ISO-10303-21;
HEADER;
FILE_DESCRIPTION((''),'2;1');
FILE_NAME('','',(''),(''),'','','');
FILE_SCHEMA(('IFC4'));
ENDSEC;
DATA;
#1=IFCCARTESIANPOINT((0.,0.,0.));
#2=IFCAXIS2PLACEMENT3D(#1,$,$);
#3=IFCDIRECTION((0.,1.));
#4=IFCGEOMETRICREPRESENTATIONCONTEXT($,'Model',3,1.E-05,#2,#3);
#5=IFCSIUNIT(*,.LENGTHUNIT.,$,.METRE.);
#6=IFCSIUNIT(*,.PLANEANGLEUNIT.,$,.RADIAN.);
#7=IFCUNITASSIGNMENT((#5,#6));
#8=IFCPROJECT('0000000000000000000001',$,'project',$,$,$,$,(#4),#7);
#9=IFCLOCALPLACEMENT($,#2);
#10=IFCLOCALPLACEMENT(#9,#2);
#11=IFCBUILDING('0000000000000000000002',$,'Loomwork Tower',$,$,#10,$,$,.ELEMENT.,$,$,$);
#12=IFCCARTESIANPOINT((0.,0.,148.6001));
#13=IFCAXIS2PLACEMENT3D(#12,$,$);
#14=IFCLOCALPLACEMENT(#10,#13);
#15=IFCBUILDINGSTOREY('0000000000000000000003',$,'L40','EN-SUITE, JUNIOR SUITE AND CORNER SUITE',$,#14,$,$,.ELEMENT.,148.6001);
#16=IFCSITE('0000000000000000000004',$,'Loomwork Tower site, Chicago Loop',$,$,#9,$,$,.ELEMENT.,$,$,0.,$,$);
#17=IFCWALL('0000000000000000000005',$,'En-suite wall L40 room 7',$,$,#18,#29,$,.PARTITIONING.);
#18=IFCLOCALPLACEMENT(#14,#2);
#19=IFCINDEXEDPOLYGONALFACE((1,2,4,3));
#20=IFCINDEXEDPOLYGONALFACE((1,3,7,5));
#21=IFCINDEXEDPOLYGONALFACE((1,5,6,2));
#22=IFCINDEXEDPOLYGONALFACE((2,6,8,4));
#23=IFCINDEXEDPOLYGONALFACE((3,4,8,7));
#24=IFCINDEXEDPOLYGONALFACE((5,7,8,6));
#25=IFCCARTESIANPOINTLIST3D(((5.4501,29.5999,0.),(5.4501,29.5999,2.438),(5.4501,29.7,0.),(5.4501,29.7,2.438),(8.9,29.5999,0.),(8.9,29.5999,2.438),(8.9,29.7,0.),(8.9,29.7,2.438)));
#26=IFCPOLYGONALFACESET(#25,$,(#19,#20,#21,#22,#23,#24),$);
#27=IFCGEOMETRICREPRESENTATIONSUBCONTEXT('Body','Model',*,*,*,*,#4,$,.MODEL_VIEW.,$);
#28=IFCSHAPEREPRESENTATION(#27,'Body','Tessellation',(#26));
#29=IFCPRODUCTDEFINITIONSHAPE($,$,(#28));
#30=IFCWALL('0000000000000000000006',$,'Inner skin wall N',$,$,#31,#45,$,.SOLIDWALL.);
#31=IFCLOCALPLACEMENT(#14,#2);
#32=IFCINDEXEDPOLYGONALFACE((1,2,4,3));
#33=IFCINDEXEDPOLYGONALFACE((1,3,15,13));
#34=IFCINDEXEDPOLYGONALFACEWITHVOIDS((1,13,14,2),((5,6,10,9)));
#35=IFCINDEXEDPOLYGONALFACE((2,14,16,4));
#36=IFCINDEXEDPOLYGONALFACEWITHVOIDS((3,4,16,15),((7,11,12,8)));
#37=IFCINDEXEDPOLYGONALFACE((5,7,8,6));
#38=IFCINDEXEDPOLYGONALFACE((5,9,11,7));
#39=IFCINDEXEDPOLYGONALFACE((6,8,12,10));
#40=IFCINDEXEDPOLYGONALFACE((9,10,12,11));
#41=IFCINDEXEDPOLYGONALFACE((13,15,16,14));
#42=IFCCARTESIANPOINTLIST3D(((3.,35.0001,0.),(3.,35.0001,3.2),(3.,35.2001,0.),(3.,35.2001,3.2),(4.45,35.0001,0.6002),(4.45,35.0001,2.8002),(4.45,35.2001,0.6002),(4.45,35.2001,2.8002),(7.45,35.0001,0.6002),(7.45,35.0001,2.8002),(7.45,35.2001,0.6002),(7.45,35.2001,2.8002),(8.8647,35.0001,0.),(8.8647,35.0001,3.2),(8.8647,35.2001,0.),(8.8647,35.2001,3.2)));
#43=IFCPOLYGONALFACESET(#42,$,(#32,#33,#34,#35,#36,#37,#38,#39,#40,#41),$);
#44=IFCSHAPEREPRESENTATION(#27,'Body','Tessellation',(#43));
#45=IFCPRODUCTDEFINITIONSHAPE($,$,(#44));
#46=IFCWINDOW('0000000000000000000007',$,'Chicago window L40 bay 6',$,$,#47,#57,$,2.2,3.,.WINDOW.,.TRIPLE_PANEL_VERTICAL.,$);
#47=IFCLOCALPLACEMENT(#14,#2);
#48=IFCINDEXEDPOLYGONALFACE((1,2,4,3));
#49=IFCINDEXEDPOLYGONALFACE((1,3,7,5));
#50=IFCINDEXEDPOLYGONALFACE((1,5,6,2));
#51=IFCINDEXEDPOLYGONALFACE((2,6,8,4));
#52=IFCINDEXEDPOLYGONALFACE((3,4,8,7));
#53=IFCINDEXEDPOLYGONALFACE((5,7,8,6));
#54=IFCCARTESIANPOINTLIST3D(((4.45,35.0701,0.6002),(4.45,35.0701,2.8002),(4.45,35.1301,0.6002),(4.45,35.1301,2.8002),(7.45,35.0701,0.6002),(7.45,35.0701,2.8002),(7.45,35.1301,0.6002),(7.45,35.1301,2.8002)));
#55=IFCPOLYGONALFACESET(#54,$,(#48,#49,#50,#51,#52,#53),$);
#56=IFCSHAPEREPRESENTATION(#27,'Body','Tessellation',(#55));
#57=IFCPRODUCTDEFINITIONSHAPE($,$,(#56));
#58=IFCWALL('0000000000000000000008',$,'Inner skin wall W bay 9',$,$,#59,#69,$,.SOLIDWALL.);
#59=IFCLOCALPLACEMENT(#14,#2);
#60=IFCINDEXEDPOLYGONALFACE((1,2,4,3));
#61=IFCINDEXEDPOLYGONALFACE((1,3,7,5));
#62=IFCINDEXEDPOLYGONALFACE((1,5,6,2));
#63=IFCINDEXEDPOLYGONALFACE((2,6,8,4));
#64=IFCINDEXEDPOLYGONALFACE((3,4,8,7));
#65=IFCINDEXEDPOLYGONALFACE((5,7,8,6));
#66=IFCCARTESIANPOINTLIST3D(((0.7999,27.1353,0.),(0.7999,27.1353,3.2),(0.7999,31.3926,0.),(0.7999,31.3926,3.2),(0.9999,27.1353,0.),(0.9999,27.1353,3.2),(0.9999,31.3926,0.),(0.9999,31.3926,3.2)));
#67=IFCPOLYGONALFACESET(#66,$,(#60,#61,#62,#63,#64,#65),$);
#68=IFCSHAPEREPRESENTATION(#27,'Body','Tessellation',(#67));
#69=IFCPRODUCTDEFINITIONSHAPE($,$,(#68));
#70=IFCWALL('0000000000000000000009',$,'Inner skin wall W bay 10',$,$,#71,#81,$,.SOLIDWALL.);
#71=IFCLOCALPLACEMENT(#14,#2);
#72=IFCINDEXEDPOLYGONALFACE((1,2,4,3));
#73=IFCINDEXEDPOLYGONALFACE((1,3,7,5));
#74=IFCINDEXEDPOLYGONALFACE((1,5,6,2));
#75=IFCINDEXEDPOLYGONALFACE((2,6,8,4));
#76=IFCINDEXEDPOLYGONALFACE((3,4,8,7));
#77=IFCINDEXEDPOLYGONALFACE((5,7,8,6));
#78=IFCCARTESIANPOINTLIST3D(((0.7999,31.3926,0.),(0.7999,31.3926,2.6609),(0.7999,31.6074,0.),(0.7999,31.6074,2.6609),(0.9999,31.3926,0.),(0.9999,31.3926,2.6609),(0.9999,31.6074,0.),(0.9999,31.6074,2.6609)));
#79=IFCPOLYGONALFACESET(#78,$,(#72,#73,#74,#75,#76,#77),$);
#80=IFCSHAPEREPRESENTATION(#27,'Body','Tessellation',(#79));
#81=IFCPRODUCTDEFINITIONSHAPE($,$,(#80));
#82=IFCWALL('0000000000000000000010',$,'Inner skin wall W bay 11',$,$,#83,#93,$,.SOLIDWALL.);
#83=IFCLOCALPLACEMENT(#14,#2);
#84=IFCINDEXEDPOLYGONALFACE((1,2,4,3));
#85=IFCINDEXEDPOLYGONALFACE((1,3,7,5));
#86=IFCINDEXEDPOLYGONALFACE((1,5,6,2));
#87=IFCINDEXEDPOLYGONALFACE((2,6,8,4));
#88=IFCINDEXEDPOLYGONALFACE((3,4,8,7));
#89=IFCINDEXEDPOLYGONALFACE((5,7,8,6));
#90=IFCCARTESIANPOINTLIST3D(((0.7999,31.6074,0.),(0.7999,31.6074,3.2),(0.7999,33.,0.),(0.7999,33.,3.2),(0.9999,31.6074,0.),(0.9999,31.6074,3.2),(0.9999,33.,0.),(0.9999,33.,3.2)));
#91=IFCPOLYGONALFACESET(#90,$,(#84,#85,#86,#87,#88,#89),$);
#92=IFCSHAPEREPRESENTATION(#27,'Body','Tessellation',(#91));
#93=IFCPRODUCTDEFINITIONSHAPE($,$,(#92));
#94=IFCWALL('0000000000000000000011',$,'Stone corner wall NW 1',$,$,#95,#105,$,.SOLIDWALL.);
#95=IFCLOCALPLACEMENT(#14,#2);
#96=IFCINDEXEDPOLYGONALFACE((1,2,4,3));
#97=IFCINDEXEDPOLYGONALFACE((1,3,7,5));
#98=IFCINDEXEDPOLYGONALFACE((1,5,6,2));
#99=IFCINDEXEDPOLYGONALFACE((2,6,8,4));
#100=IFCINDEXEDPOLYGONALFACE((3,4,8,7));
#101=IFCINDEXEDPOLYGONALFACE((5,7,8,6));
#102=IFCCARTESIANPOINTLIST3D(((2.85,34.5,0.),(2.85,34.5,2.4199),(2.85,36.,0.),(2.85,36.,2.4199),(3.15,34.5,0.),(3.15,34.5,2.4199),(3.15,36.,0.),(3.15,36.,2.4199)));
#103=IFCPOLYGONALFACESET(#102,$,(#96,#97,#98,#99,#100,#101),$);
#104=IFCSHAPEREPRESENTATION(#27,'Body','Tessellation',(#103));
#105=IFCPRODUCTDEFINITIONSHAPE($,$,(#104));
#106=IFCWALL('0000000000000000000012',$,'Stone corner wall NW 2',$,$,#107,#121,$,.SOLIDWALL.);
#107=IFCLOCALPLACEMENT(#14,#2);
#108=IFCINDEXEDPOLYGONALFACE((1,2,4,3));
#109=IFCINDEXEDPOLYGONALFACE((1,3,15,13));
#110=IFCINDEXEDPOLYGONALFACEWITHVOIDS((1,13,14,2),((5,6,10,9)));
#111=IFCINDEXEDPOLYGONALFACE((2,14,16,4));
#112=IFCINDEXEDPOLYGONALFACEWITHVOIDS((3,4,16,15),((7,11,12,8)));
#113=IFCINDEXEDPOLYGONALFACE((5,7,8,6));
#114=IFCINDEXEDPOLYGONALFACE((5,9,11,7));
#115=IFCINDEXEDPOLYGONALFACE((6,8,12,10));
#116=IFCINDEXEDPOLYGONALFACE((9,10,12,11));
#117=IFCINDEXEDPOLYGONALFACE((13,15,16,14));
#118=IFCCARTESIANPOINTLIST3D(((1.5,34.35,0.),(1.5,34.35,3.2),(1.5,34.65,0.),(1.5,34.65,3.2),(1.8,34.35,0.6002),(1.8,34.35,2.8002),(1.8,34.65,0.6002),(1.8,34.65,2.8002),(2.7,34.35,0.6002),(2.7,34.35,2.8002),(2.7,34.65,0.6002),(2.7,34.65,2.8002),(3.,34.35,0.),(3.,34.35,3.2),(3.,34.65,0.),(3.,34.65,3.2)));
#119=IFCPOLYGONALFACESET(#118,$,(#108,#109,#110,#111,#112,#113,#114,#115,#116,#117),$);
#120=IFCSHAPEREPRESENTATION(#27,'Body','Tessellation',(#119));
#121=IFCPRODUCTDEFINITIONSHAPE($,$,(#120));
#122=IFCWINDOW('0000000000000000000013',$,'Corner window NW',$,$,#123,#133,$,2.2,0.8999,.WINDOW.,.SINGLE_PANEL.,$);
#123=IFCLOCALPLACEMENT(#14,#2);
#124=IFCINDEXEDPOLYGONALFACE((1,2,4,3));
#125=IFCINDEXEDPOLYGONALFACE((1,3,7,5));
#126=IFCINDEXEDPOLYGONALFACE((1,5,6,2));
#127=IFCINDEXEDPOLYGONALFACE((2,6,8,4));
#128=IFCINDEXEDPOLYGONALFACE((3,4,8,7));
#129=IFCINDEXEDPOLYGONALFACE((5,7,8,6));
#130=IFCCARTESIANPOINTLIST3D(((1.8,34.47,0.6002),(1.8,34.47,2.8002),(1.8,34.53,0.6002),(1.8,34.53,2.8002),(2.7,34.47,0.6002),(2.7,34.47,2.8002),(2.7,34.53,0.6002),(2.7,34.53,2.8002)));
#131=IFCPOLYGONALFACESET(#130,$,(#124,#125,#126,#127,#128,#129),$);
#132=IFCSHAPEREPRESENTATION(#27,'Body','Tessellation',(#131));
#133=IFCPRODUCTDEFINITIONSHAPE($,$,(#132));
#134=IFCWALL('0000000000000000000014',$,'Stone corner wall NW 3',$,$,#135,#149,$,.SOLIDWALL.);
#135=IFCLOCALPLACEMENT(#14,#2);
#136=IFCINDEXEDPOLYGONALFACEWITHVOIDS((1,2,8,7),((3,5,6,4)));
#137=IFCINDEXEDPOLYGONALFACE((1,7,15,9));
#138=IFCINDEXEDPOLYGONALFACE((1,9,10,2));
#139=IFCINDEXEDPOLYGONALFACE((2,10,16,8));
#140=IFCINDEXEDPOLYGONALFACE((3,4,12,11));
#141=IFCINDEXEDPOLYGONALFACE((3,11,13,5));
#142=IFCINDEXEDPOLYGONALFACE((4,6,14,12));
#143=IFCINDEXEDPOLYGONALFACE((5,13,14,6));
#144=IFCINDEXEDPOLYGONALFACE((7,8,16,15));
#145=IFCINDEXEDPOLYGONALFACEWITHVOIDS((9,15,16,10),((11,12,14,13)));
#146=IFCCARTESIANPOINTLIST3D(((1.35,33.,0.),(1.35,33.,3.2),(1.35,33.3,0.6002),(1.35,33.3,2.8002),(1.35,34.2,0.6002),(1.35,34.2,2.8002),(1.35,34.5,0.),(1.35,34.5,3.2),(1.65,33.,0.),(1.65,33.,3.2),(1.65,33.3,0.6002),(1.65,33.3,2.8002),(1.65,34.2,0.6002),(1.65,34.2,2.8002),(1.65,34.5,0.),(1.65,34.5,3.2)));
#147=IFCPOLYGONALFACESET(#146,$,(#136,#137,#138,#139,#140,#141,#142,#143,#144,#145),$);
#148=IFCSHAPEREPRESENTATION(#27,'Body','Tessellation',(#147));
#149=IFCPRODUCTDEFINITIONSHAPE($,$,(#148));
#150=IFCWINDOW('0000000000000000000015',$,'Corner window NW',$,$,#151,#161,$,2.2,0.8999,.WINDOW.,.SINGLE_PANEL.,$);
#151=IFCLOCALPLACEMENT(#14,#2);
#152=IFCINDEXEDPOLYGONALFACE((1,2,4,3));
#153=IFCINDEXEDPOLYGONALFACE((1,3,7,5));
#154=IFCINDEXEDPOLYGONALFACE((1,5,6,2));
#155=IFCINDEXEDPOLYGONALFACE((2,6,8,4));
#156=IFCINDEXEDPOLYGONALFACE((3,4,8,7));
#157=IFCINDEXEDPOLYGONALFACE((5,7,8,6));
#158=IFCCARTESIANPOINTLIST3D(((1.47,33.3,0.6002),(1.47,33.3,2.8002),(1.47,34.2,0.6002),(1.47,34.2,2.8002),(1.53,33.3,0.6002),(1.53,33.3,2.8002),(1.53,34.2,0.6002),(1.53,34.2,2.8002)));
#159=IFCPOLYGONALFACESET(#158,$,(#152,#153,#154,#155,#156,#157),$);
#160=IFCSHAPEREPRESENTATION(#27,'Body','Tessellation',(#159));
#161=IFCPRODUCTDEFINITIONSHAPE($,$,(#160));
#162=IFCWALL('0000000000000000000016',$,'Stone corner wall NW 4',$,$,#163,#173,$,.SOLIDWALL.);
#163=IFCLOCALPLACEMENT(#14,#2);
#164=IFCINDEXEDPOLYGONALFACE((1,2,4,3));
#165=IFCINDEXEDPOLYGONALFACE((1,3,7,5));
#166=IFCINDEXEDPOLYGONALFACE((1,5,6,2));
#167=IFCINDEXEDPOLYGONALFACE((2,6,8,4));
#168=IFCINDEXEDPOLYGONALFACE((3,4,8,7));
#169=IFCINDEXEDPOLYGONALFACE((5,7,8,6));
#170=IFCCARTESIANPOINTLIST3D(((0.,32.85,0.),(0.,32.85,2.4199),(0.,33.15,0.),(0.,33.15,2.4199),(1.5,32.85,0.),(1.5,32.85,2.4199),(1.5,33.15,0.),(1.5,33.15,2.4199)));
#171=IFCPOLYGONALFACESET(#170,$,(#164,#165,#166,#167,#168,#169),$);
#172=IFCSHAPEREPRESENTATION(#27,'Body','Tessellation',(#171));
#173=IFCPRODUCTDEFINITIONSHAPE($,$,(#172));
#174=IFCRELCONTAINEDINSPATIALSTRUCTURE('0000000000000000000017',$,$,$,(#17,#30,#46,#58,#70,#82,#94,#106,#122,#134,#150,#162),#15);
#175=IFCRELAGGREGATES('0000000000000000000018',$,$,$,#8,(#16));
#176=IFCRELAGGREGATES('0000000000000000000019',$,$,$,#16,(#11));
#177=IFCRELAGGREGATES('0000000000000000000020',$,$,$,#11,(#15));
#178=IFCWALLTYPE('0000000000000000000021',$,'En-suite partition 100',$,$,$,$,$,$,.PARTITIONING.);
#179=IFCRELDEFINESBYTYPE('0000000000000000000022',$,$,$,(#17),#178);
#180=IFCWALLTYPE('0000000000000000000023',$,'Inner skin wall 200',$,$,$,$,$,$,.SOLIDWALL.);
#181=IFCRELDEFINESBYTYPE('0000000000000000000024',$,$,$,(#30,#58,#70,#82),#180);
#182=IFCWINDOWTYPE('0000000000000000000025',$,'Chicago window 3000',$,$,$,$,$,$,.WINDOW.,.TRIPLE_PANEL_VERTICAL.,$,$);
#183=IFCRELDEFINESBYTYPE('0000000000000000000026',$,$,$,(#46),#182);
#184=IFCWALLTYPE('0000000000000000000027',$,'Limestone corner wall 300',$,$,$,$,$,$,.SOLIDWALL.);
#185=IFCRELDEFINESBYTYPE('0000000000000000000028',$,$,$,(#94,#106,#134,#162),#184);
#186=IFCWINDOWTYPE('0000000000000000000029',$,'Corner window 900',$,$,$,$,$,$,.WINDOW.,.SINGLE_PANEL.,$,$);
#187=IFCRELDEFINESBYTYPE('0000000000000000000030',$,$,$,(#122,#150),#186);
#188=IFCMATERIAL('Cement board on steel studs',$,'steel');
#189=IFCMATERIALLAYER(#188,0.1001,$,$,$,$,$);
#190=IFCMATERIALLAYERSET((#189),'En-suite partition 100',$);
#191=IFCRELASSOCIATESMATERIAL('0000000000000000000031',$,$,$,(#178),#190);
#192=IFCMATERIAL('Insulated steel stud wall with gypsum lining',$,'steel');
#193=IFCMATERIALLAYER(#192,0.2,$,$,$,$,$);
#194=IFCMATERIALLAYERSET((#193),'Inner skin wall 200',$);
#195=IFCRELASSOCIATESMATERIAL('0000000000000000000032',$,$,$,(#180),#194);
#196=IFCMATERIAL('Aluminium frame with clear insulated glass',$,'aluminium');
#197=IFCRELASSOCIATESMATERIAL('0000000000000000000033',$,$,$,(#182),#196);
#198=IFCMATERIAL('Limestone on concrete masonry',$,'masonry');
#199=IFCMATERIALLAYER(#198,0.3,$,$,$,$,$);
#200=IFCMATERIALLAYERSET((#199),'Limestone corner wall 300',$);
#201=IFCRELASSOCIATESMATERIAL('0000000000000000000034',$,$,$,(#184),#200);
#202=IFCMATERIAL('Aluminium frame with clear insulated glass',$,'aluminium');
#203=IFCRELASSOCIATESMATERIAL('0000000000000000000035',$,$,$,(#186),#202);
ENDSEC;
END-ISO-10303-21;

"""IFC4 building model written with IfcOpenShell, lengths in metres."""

from ifc_helpers import new_model, si_unit, direction, frame, frame_2d, origin, place, context, subcontext, project, spatial, rectangle, extrude, material, layer, layer_set, type_object, element, fill, save


model = new_model("IFC4")

# Units and contexts
model_context = context("Model", 3, precision=1e-05, world=origin(), true_north=direction((0.0, 1.0)))
body_context = subcontext(model_context, "Body", "Model", "MODEL_VIEW")
ifc_project = project(units=[si_unit("LENGTHUNIT", "METRE"), si_unit("PLANEANGLEUNIT", "RADIAN")], contexts=[model_context])

# Site, building, storey
site_placement = place(None, origin())
site = spatial("IfcSite", under=ifc_project, at=site_placement, Name="Loomwork Tower site, Chicago Loop", CompositionType="ELEMENT", RefElevation=0.0)
building_placement = place(site_placement, origin())
building = spatial("IfcBuilding", under=site, at=building_placement, Name="Loomwork Tower", CompositionType="ELEMENT")
storey_placement = place(building_placement, frame((0.0, 0.0, 148.6001)))
storey = spatial("IfcBuildingStorey", under=building, at=storey_placement, Name="L40", Description="EN-SUITE, JUNIOR SUITE AND CORNER SUITE", CompositionType="ELEMENT", Elevation=148.6001)

# Wall
ifc_material_1 = material(Name="Cement board on steel studs", Category="steel")
ifc_layer_1 = layer(ifc_material_1, 0.1001)
ifc_layer_set_1 = layer_set([ifc_layer_1], Name="En-suite partition 100")
wall_type_1 = type_object("IfcWallType", Name="En-suite partition 100", PredefinedType="PARTITIONING", material=ifc_layer_set_1)
wall_1_placement = place(storey_placement, frame((5.45, 29.6499, 0.0), z_axis=(0.0, 0.0, 1.0), x_axis=(1.0, 0.0, 0.0)))
element("IfcWall", 1, at=wall_1_placement, inside=storey, type_object=wall_type_1, Name="En-suite wall L40 room 7", PredefinedType="PARTITIONING", context=body_context, shape_type="SweptSolid", body=[
    extrude(rectangle(XDim=3.45, YDim=0.1001, at=frame_2d((1.7251, 0.0))), origin(), (0.0, 0.0, 1.0), 2.438),
])

# Wall, opening, window
ifc_material_2 = material(Name="Insulated steel stud wall with gypsum lining", Category="steel")
ifc_layer_2 = layer(ifc_material_2, 0.2)
ifc_layer_set_2 = layer_set([ifc_layer_2], Name="Inner skin wall 200")
wall_type_2 = type_object("IfcWallType", Name="Inner skin wall 200", PredefinedType="SOLIDWALL", material=ifc_layer_set_2)
wall_2_placement = place(storey_placement, frame((3.0, 35.1001, 0.0), z_axis=(0.0, 0.0, 1.0), x_axis=(1.0, 0.0, 0.0)))
wall_2 = element("IfcWall", 2, at=wall_2_placement, inside=storey, type_object=wall_type_2, Name="Inner skin wall N", PredefinedType="SOLIDWALL", context=body_context, shape_type="SweptSolid", body=[
    extrude(rectangle(XDim=5.8647, YDim=0.2, at=frame_2d((2.9324, 0.0))), origin(), (0.0, 0.0, 1.0), 3.2),
])
opening_1_placement = place(wall_2_placement, frame((1.45, 0.0, 0.6001)))
opening_1 = element("IfcOpeningElement", 3, at=opening_1_placement, cuts=wall_2, PredefinedType="OPENING", context=body_context, shape_type="SweptSolid", body=[
    extrude(rectangle(XDim=3.0, YDim=2.2, at=frame_2d((1.5, 1.1001))), frame((0.0, 0.1099, 0.0), z_axis=(0.0, -1.0, 0.0), x_axis=(1.0, 0.0, 0.0)), (0.0, 0.0, 1.0), 0.22),
])
ifc_material_3 = material(Name="Aluminium frame with clear insulated glass", Category="aluminium")
window_type_1 = type_object("IfcWindowType", Name="Chicago window 3000", PartitioningType="TRIPLE_PANEL_VERTICAL", PredefinedType="WINDOW", material=ifc_material_3)
window_1_placement = place(opening_1_placement, origin())
window_1 = element("IfcWindow", 4, at=window_1_placement, inside=storey, type_object=window_type_1, Name="Chicago window L40 bay 6", OverallHeight=2.2, OverallWidth=3.0, PartitioningType="TRIPLE_PANEL_VERTICAL", PredefinedType="WINDOW", context=body_context, shape_type="SweptSolid", body=[
    extrude(rectangle(XDim=3.0, YDim=2.2, at=frame_2d((1.5, 1.1001))), frame((0.0, 0.03, 0.0), z_axis=(0.0, -1.0, 0.0), x_axis=(1.0, 0.0, 0.0)), (0.0, 0.0, 1.0), 0.0601),
])
fill(opening_1, window_1)

# Walls
wall_3_placement = place(storey_placement, frame((0.8999, 27.1353, 0.0), z_axis=(0.0, 0.0, 1.0), x_axis=(0.0, 1.0, 0.0)))
element("IfcWall", 5, at=wall_3_placement, inside=storey, type_object=wall_type_2, Name="Inner skin wall W bay 9", PredefinedType="SOLIDWALL", context=body_context, shape_type="SweptSolid", body=[
    extrude(rectangle(XDim=4.2573, YDim=0.2, at=frame_2d((2.1287, 0.0))), origin(), (0.0, 0.0, 1.0), 3.2),
])
wall_4_placement = place(storey_placement, frame((0.8999, 31.3926, 0.0), z_axis=(0.0, 0.0, 1.0), x_axis=(0.0, 1.0, 0.0)))
element("IfcWall", 6, at=wall_4_placement, inside=storey, type_object=wall_type_2, Name="Inner skin wall W bay 10", PredefinedType="SOLIDWALL", context=body_context, shape_type="SweptSolid", body=[
    extrude(rectangle(XDim=0.2148, YDim=0.2, at=frame_2d((0.1074, 0.0))), origin(), (0.0, 0.0, 1.0), 2.6609),
])
wall_5_placement = place(storey_placement, frame((0.8999, 31.6074, 0.0), z_axis=(0.0, 0.0, 1.0), x_axis=(0.0, 1.0, 0.0)))
element("IfcWall", 7, at=wall_5_placement, inside=storey, type_object=wall_type_2, Name="Inner skin wall W bay 11", PredefinedType="SOLIDWALL", context=body_context, shape_type="SweptSolid", body=[
    extrude(rectangle(XDim=1.3926, YDim=0.2, at=frame_2d((0.6963, 0.0))), origin(), (0.0, 0.0, 1.0), 3.2),
])
ifc_material_4 = material(Name="Limestone on concrete masonry", Category="masonry")
ifc_layer_3 = layer(ifc_material_4, 0.3)
ifc_layer_set_3 = layer_set([ifc_layer_3], Name="Limestone corner wall 300")
wall_type_3 = type_object("IfcWallType", Name="Limestone corner wall 300", PredefinedType="SOLIDWALL", material=ifc_layer_set_3)
wall_6_placement = place(storey_placement, frame((3.0, 36.0, 0.0), z_axis=(0.0, 0.0, 1.0), x_axis=(0.0, -1.0, 0.0)))
element("IfcWall", 8, at=wall_6_placement, inside=storey, type_object=wall_type_3, Name="Stone corner wall NW 1", PredefinedType="SOLIDWALL", context=body_context, shape_type="SweptSolid", body=[
    extrude(rectangle(XDim=1.5, YDim=0.3, at=frame_2d((0.75, 0.0))), origin(), (0.0, 0.0, 1.0), 2.4199),
])

# Walls, openings, windows
wall_7_placement = place(storey_placement, frame((3.0, 34.5, 0.0), z_axis=(0.0, 0.0, 1.0), x_axis=(-1.0, 0.0, 0.0)))
wall_7 = element("IfcWall", 9, at=wall_7_placement, inside=storey, type_object=wall_type_3, Name="Stone corner wall NW 2", PredefinedType="SOLIDWALL", context=body_context, shape_type="SweptSolid", body=[
    extrude(rectangle(XDim=1.5, YDim=0.3, at=frame_2d((0.75, 0.0))), origin(), (0.0, 0.0, 1.0), 3.2),
])
opening_2_placement = place(wall_7_placement, frame((0.3, 0.0, 0.6001)))
opening_2 = element("IfcOpeningElement", 10, at=opening_2_placement, cuts=wall_7, PredefinedType="OPENING", context=body_context, shape_type="SweptSolid", body=[
    extrude(rectangle(XDim=0.8999, YDim=2.2, at=frame_2d((0.45, 1.1001))), frame((0.0, 0.1599, 0.0), z_axis=(0.0, -1.0, 0.0), x_axis=(1.0, 0.0, 0.0)), (0.0, 0.0, 1.0), 0.3201),
])
ifc_material_5 = material(Name="Aluminium frame with clear insulated glass", Category="aluminium")
window_type_2 = type_object("IfcWindowType", Name="Corner window 900", PartitioningType="SINGLE_PANEL", PredefinedType="WINDOW", material=ifc_material_5)
window_2_placement = place(opening_2_placement, origin())
window_2 = element("IfcWindow", 11, at=window_2_placement, inside=storey, type_object=window_type_2, Name="Corner window NW", OverallHeight=2.2, OverallWidth=0.8999, PartitioningType="SINGLE_PANEL", PredefinedType="WINDOW", context=body_context, shape_type="SweptSolid", body=[
    extrude(rectangle(XDim=0.8999, YDim=2.2, at=frame_2d((0.45, 1.1001))), frame((0.0, 0.03, 0.0), z_axis=(0.0, -1.0, 0.0), x_axis=(1.0, 0.0, 0.0)), (0.0, 0.0, 1.0), 0.0601),
])
fill(opening_2, window_2)
wall_8_placement = place(storey_placement, frame((1.5, 34.5, 0.0), z_axis=(0.0, 0.0, 1.0), x_axis=(0.0, -1.0, 0.0)))
wall_8 = element("IfcWall", 12, at=wall_8_placement, inside=storey, type_object=wall_type_3, Name="Stone corner wall NW 3", PredefinedType="SOLIDWALL", context=body_context, shape_type="SweptSolid", body=[
    extrude(rectangle(XDim=1.5, YDim=0.3, at=frame_2d((0.75, 0.0))), origin(), (0.0, 0.0, 1.0), 3.2),
])
opening_3_placement = place(wall_8_placement, frame((0.3, 0.0, 0.6001)))
opening_3 = element("IfcOpeningElement", 13, at=opening_3_placement, cuts=wall_8, PredefinedType="OPENING", context=body_context, shape_type="SweptSolid", body=[
    extrude(rectangle(XDim=0.8999, YDim=2.2, at=frame_2d((0.45, 1.1001))), frame((0.0, 0.1599, 0.0), z_axis=(0.0, -1.0, 0.0), x_axis=(1.0, 0.0, 0.0)), (0.0, 0.0, 1.0), 0.3201),
])
window_3_placement = place(opening_3_placement, origin())
window_3 = element("IfcWindow", 14, at=window_3_placement, inside=storey, type_object=window_type_2, Name="Corner window NW", OverallHeight=2.2, OverallWidth=0.8999, PartitioningType="SINGLE_PANEL", PredefinedType="WINDOW", context=body_context, shape_type="SweptSolid", body=[
    extrude(rectangle(XDim=0.8999, YDim=2.2, at=frame_2d((0.45, 1.1001))), frame((0.0, 0.03, 0.0), z_axis=(0.0, -1.0, 0.0), x_axis=(1.0, 0.0, 0.0)), (0.0, 0.0, 1.0), 0.0601),
])
fill(opening_3, window_3)

# Wall
wall_9_placement = place(storey_placement, frame((1.5, 33.0, 0.0), z_axis=(0.0, 0.0, 1.0), x_axis=(-1.0, 0.0, 0.0)))
element("IfcWall", 15, at=wall_9_placement, inside=storey, type_object=wall_type_3, Name="Stone corner wall NW 4", PredefinedType="SOLIDWALL", context=body_context, shape_type="SweptSolid", body=[
    extrude(rectangle(XDim=1.5, YDim=0.3, at=frame_2d((0.75, 0.0))), origin(), (0.0, 0.0, 1.0), 2.4199),
])

save(model, "model.ifc")
